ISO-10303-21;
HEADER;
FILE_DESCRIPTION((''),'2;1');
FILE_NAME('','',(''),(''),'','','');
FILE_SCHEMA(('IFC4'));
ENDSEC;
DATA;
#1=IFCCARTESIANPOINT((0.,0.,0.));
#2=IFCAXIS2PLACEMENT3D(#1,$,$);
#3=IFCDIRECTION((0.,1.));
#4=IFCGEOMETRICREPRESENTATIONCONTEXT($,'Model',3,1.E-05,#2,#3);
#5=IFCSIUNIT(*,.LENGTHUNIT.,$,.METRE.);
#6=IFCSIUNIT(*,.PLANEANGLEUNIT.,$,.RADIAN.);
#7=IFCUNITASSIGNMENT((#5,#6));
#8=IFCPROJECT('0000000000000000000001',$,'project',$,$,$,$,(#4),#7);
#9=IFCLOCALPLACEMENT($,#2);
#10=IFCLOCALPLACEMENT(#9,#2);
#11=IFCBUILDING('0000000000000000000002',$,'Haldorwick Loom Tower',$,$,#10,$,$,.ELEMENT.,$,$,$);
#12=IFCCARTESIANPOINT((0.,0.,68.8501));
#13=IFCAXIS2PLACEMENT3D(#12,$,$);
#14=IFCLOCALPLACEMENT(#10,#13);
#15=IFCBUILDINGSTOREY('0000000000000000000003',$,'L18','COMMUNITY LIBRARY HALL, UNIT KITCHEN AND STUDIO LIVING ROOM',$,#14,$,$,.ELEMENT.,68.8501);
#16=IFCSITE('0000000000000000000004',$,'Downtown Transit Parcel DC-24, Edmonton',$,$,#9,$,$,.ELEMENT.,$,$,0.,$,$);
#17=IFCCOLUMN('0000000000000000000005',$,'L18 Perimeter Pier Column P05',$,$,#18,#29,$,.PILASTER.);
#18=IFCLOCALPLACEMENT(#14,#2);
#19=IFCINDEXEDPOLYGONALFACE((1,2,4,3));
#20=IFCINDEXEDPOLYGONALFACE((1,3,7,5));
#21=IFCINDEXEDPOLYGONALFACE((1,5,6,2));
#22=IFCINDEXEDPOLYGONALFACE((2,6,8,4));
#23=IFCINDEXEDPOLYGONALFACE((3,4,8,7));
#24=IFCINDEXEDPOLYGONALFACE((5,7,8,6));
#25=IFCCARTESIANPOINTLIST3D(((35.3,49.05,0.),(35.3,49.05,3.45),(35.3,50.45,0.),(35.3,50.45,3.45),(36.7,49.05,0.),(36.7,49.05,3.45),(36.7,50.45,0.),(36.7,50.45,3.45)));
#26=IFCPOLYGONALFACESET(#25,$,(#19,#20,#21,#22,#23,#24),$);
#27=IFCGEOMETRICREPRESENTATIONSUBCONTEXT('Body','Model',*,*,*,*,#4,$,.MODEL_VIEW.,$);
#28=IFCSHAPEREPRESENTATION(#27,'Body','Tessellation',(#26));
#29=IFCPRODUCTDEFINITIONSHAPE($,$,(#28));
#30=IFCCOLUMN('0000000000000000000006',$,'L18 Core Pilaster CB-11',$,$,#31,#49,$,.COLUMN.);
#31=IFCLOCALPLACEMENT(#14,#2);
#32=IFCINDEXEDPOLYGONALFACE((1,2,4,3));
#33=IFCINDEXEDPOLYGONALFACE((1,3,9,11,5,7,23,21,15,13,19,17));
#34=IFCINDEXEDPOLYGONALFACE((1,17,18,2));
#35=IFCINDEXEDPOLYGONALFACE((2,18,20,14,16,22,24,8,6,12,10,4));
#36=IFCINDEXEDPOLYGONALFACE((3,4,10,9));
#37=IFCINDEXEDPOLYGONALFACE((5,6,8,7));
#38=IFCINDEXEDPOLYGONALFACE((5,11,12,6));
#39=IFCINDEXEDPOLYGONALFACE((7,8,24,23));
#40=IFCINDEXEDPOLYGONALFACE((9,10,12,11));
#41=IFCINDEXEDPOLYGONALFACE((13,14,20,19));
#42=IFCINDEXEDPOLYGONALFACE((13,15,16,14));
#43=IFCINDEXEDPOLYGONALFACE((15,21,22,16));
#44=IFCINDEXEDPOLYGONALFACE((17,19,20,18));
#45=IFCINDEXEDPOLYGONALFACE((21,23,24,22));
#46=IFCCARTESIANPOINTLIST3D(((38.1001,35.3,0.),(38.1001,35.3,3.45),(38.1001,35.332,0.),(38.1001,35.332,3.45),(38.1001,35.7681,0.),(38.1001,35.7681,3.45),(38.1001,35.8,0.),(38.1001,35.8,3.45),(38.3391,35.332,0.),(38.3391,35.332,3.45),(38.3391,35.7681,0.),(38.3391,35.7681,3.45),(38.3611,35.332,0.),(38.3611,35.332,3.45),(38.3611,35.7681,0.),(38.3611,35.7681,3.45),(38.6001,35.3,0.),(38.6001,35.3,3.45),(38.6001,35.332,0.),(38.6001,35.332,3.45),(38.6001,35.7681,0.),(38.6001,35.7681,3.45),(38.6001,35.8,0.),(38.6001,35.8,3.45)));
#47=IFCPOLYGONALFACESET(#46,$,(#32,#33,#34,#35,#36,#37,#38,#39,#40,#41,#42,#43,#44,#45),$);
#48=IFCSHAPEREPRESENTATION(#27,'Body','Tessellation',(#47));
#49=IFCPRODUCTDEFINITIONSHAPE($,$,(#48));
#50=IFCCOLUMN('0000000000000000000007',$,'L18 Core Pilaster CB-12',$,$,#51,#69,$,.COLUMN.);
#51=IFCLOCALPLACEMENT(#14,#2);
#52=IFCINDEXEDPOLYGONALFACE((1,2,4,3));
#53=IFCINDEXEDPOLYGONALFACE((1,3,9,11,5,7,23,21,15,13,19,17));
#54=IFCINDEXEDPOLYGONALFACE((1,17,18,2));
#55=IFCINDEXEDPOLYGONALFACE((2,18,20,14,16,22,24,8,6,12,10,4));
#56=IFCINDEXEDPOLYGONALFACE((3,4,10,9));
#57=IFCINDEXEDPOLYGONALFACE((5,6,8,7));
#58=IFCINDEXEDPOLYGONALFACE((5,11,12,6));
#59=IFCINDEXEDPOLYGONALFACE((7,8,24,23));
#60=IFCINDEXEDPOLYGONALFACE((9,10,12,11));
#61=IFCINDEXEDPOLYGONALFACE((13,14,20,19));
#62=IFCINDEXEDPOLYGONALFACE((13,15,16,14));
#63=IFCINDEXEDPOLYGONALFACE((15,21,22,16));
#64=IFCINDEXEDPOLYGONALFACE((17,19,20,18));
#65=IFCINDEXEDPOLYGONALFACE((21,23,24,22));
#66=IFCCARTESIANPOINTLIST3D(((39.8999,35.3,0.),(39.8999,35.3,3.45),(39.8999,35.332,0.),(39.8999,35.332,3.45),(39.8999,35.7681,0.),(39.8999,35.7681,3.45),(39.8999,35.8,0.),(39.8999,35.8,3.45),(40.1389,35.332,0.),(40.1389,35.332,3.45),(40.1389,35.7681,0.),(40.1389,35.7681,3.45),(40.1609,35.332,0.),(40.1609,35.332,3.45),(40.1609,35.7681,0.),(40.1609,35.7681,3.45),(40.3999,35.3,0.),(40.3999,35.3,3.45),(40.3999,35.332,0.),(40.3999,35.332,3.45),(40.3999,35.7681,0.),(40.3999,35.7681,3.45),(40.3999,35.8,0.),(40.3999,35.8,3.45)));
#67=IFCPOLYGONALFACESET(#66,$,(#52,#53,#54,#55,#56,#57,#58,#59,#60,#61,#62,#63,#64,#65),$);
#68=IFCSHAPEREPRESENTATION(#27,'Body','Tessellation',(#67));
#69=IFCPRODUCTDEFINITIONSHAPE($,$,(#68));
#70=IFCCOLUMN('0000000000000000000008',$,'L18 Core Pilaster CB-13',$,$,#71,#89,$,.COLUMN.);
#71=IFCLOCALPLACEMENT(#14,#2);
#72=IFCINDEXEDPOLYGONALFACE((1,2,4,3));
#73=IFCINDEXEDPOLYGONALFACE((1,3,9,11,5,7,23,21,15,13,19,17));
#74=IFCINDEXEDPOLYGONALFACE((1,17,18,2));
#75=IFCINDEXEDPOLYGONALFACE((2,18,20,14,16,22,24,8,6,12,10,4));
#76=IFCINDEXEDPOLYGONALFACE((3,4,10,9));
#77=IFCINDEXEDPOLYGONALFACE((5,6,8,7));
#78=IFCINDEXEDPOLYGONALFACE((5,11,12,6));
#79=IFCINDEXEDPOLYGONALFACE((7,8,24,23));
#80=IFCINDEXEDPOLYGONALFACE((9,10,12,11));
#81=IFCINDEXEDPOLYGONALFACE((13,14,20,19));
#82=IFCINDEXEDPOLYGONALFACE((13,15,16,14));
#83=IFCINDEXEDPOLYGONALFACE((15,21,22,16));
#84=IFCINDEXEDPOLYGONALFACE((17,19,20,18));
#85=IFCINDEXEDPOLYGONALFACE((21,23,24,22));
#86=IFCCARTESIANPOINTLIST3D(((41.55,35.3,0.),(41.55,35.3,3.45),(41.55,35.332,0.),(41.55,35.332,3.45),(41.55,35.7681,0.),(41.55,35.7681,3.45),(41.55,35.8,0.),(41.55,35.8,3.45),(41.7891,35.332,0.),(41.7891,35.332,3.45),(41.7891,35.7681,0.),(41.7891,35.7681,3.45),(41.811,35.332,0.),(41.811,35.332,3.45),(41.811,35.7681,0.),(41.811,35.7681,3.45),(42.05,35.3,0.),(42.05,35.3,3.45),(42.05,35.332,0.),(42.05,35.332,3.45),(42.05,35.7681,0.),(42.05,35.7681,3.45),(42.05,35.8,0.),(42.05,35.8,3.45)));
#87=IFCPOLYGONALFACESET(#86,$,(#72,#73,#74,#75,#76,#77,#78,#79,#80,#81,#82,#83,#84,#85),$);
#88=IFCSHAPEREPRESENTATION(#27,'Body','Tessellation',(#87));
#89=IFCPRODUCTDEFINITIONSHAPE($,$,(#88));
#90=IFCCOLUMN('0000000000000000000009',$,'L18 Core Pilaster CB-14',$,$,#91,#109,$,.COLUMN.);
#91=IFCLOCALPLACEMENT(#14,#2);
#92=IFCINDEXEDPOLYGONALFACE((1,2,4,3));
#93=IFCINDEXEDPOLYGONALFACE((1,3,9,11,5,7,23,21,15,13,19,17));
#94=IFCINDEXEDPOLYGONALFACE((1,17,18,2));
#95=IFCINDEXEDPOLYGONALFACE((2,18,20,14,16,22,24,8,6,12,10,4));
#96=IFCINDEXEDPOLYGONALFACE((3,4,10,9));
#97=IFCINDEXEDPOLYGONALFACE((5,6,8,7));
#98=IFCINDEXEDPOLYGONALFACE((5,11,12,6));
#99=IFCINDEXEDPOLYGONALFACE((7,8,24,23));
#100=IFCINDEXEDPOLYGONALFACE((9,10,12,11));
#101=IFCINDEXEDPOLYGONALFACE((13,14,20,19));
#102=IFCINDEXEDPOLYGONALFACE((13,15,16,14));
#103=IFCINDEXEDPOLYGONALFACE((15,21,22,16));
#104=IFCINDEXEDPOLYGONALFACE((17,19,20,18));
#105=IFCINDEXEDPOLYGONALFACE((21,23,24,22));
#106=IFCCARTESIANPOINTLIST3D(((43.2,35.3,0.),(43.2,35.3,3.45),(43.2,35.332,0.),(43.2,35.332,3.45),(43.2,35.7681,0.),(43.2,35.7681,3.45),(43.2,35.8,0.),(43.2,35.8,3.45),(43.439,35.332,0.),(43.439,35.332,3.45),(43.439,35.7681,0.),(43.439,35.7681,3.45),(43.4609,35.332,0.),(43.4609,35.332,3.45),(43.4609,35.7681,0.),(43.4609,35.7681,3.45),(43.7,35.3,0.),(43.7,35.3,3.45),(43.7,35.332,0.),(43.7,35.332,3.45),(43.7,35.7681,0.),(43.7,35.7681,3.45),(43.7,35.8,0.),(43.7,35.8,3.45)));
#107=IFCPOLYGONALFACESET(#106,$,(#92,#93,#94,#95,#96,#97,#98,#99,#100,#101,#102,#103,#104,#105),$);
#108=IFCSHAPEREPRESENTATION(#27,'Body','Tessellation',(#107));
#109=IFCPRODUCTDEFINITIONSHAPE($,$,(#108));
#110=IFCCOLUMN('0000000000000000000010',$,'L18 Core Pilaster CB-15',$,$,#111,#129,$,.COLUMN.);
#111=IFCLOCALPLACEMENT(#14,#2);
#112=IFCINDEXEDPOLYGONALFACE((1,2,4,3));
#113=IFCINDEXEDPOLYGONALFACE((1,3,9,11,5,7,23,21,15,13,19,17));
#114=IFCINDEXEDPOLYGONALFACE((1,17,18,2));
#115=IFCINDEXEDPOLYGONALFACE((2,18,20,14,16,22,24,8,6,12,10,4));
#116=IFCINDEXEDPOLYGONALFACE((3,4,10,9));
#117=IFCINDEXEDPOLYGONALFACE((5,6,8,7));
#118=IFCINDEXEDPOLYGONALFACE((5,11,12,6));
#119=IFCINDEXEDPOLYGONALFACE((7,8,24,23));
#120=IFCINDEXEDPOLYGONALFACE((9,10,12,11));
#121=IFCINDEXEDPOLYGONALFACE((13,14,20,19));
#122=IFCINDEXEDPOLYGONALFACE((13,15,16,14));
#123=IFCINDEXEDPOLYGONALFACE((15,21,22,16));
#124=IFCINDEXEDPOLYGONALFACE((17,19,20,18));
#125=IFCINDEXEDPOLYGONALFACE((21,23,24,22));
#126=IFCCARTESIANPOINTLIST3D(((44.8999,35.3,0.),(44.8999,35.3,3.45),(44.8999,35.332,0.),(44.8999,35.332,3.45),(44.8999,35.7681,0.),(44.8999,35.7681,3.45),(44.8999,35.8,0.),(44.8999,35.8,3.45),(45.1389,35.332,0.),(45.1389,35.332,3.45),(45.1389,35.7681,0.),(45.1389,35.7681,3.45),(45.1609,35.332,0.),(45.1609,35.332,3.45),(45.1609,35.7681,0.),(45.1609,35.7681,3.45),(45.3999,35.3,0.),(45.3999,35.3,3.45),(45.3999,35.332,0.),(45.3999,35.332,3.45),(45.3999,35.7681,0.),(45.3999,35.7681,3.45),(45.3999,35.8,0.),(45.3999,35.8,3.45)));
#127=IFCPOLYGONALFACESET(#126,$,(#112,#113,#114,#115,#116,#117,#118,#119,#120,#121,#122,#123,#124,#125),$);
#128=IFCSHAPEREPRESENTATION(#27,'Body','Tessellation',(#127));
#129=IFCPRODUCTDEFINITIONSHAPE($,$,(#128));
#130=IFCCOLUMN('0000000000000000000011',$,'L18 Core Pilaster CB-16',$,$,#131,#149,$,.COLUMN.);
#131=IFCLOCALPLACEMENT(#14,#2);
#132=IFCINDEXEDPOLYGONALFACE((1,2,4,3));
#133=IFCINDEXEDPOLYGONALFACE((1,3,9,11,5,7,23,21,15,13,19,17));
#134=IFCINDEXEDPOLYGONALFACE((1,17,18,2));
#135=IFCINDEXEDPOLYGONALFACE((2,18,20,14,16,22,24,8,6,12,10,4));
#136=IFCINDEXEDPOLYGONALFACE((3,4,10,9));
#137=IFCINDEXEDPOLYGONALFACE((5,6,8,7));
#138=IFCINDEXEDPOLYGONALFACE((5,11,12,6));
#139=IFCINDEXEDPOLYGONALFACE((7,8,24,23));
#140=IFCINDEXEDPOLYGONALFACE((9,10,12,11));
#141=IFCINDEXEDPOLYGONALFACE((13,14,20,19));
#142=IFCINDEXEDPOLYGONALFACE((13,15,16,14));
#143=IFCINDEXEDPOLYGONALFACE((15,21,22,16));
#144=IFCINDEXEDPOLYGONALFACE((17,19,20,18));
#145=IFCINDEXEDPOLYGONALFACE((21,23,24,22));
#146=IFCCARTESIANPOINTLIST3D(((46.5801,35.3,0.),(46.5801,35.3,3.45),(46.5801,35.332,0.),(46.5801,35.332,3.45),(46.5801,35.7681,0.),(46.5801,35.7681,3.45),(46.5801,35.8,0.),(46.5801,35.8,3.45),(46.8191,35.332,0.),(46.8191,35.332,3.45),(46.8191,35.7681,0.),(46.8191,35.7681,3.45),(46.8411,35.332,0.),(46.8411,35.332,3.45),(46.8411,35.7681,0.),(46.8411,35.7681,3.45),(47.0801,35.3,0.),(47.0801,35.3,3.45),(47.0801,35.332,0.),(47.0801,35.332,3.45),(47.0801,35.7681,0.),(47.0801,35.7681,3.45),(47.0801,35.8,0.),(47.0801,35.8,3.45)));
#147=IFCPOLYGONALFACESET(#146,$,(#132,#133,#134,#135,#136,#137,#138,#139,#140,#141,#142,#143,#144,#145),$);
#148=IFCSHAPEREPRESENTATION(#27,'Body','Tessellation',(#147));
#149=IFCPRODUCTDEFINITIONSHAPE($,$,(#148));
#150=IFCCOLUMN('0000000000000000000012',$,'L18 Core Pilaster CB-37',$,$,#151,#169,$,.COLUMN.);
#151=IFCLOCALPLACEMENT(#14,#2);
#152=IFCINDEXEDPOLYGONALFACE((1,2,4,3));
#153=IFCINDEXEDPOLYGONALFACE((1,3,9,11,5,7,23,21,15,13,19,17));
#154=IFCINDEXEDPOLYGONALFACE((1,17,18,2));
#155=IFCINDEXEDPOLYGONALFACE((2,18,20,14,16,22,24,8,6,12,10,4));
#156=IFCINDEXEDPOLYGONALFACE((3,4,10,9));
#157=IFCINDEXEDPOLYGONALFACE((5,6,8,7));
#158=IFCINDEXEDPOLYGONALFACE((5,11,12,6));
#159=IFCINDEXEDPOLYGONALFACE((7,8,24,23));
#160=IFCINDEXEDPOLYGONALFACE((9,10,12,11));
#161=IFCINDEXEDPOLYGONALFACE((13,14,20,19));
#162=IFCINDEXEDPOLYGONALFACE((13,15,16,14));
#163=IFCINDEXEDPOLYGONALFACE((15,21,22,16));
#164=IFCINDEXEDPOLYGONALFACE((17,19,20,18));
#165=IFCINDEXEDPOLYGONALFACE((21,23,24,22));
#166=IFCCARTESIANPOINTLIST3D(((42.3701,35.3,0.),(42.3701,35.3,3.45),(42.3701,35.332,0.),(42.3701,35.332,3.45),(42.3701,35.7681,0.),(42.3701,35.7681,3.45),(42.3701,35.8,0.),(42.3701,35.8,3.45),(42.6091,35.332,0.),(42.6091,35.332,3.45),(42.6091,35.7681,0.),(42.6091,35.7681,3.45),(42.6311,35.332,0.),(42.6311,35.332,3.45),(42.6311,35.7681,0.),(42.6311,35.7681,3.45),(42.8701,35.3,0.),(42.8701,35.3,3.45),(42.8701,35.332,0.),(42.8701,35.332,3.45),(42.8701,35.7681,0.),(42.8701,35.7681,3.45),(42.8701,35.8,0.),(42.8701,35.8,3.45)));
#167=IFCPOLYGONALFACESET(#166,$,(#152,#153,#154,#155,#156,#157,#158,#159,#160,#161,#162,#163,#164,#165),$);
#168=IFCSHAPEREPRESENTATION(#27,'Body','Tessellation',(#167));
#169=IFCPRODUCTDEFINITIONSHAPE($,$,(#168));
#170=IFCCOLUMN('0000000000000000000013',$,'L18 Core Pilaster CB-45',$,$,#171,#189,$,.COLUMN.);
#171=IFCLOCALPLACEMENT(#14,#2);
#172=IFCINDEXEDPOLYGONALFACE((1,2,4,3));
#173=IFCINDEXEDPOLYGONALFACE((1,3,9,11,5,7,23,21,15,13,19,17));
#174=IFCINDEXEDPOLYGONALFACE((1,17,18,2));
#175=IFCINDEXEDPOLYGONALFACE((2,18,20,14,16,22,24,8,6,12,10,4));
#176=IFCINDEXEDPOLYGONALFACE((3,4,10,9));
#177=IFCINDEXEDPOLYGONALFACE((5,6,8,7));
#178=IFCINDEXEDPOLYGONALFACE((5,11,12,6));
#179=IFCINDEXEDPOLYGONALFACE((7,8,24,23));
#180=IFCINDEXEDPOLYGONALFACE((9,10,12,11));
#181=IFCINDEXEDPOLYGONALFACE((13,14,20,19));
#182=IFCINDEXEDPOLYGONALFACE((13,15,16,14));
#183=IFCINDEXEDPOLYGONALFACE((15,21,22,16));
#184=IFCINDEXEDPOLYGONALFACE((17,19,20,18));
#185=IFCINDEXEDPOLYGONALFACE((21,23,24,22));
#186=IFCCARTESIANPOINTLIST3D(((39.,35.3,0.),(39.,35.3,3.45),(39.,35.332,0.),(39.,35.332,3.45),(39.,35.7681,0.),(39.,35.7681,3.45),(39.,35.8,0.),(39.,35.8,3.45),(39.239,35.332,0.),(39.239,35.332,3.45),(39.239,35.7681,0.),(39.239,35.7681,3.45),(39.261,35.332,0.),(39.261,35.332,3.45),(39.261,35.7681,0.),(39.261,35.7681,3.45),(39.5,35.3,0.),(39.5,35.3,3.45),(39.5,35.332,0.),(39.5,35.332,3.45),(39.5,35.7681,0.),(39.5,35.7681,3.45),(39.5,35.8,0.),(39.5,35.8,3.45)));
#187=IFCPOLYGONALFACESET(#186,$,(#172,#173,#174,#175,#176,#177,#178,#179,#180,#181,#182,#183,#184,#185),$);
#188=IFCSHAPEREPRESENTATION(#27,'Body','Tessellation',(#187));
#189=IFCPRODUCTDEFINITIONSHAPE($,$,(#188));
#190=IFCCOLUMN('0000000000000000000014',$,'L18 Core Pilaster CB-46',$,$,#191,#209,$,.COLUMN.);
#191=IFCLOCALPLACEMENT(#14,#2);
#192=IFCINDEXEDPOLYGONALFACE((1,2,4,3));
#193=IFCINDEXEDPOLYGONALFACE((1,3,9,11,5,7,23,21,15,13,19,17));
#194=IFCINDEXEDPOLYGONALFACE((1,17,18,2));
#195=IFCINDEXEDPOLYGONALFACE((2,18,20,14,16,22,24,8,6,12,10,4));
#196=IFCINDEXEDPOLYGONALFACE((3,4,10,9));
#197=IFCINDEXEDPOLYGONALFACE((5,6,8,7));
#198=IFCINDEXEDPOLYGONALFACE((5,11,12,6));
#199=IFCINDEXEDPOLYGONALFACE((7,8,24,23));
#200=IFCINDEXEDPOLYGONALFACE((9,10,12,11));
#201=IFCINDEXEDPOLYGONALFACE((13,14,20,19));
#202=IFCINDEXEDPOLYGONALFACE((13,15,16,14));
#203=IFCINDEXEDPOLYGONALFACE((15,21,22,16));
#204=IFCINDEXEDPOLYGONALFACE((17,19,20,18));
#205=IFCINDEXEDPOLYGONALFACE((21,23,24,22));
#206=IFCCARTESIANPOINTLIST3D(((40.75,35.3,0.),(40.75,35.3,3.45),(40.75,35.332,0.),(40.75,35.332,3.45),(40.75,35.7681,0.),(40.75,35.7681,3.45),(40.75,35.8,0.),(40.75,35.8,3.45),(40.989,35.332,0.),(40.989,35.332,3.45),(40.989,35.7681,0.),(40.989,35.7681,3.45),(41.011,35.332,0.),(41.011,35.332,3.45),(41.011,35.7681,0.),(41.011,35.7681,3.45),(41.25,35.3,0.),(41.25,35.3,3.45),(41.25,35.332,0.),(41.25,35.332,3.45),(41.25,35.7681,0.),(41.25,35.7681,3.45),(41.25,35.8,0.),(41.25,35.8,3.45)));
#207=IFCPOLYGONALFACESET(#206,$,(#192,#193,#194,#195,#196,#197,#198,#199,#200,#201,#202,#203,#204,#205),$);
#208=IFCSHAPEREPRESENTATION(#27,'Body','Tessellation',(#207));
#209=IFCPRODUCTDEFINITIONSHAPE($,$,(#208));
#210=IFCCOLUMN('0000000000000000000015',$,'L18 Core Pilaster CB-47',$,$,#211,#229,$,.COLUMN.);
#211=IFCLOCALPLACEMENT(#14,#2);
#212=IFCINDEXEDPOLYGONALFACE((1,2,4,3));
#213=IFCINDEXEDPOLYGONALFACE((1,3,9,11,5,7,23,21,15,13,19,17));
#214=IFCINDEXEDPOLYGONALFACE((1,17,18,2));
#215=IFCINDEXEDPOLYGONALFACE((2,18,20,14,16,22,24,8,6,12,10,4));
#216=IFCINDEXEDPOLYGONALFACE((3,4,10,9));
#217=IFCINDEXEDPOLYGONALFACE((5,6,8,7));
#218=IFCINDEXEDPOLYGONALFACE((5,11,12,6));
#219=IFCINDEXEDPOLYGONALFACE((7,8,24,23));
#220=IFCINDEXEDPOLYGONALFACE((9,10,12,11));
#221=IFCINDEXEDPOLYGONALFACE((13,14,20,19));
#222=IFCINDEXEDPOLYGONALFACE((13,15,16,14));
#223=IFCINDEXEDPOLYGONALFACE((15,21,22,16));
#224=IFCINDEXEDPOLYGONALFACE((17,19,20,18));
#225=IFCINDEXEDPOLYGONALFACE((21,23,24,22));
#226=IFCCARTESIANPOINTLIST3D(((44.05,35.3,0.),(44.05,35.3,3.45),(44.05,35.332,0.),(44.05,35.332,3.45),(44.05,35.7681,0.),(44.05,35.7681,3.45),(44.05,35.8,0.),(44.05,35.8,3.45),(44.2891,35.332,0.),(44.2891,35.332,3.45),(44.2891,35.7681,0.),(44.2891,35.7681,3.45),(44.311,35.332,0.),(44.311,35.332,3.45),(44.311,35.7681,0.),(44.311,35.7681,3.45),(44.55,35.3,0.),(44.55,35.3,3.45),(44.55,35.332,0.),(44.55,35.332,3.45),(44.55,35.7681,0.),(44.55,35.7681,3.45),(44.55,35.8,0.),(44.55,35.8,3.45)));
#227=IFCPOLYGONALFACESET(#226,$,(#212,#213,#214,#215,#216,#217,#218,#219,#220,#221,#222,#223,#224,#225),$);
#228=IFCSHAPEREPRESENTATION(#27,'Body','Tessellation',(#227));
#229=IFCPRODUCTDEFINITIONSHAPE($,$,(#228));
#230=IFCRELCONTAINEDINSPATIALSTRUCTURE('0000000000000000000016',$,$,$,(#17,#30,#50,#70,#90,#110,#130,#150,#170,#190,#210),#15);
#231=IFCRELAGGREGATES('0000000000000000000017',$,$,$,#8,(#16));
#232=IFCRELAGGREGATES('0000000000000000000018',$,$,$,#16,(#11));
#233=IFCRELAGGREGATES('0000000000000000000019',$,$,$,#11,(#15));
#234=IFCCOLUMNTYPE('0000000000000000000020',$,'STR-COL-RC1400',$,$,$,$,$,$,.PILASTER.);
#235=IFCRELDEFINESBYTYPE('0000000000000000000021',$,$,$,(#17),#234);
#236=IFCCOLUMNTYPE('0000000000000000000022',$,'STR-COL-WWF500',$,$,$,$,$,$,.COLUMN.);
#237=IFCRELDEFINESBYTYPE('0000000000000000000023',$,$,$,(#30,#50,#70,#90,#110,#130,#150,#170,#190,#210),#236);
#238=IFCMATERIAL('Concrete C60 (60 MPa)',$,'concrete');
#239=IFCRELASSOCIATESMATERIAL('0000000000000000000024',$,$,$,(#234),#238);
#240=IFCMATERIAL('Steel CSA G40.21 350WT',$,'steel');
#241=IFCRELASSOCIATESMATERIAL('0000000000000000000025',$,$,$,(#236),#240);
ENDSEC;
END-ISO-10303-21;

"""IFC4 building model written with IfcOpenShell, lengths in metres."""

from ifc_helpers import new_model, si_unit, direction, frame, origin, origin_2d, place, context, subcontext, project, spatial, rectangle, i_section, extrude, material, material_profile, profile_set, type_object, element, save


model = new_model("IFC4")

# Units and contexts
model_context = context("Model", 3, precision=1e-05, world=origin(), true_north=direction((0.0, 1.0)))
body_context = subcontext(model_context, "Body", "Model", "MODEL_VIEW")
ifc_project = project(units=[si_unit("LENGTHUNIT", "METRE"), si_unit("PLANEANGLEUNIT", "RADIAN")], contexts=[model_context])

# Site, building, storey
site_placement = place(None, origin())
site = spatial("IfcSite", under=ifc_project, at=site_placement, Name="Downtown Transit Parcel DC-24, Edmonton", CompositionType="ELEMENT", RefElevation=0.0)
building_placement = place(site_placement, origin())
building = spatial("IfcBuilding", under=site, at=building_placement, Name="Haldorwick Loom Tower", CompositionType="ELEMENT")
storey_placement = place(building_placement, frame((0.0, 0.0, 68.8501)))
storey = spatial("IfcBuildingStorey", under=building, at=storey_placement, Name="L18", Description="COMMUNITY LIBRARY HALL, UNIT KITCHEN AND STUDIO LIVING ROOM", CompositionType="ELEMENT", Elevation=68.8501)

# Columns
ifc_material_1 = material(Name="Concrete C60 (60 MPa)", Category="concrete")
ifc_material_profile_1 = material_profile(ifc_material_1, rectangle(XDim=1.3999, YDim=1.3999, at=origin_2d()), Name="RC1400X1400", Category="concrete")
ifc_profile_set_1 = profile_set([ifc_material_profile_1], Name="Concrete C60 (60 MPa)")
column_type_1 = type_object("IfcColumnType", Name="STR-COL-RC1400", PredefinedType="PILASTER", material=ifc_profile_set_1)
column_placement = place(storey_placement, frame((36.0, 49.75, 0.0), z_axis=(0.0, 0.0, 1.0), x_axis=(0.0, 1.0, 0.0)))
element("IfcColumn", 1, at=column_placement, inside=storey, type_object=column_type_1, Name="L18 Perimeter Pier Column P05", PredefinedType="PILASTER", context=body_context, shape_type="SweptSolid", body=[
    extrude(rectangle(XDim=1.3999, YDim=1.3999, at=origin_2d()), origin(), (0.0, 0.0, 1.0), 3.45),
])
ifc_material_2 = material(Name="Steel CSA G40.21 350WT", Category="steel")
ifc_material_profile_2 = material_profile(ifc_material_2, i_section(OverallWidth=0.5, OverallDepth=0.5, WebThickness=0.022, FlangeThickness=0.032, at=origin_2d()), Name="WWF500X500", Category="steel")
ifc_profile_set_2 = profile_set([ifc_material_profile_2], Name="Steel CSA G40.21 350WT")
column_type_2 = type_object("IfcColumnType", Name="STR-COL-WWF500", PredefinedType="COLUMN", material=ifc_profile_set_2)
for number, where, z_axis, x_axis, name in (
    (2, (38.3501, 35.55, 0.0), (0.0, 0.0, 1.0), (1.0, 0.0, 0.0), "L18 Core Pilaster CB-11"),
    (3, (40.1499, 35.55, 0.0), (0.0, 0.0, 1.0), (1.0, 0.0, 0.0), "L18 Core Pilaster CB-12"),
    (4, (41.8, 35.55, 0.0), (0.0, 0.0, 1.0), (1.0, 0.0, 0.0), "L18 Core Pilaster CB-13"),
    (5, (43.45, 35.55, 0.0), (0.0, 0.0, 1.0), (1.0, 0.0, 0.0), "L18 Core Pilaster CB-14"),
    (6, (45.1499, 35.55, 0.0), (0.0, 0.0, 1.0), (1.0, 0.0, 0.0), "L18 Core Pilaster CB-15"),
    (7, (46.8301, 35.55, 0.0), (0.0, 0.0, 1.0), (1.0, 0.0, 0.0), "L18 Core Pilaster CB-16"),
    (8, (42.6201, 35.55, 0.0), (0.0, 0.0, 1.0), (1.0, 0.0, 0.0), "L18 Core Pilaster CB-37"),
    (9, (39.25, 35.55, 0.0), (0.0, 0.0, 1.0), (1.0, 0.0, 0.0), "L18 Core Pilaster CB-45"),
    (10, (41.0, 35.55, 0.0), (0.0, 0.0, 1.0), (1.0, 0.0, 0.0), "L18 Core Pilaster CB-46"),
    (11, (44.3, 35.55, 0.0), (0.0, 0.0, 1.0), (1.0, 0.0, 0.0), "L18 Core Pilaster CB-47"),
):
    element("IfcColumn", number, at=place(storey_placement, frame(where, z_axis=z_axis, x_axis=x_axis)), inside=storey, type_object=column_type_2, Name=name, PredefinedType="COLUMN", context=body_context, shape_type="SweptSolid", body=[
        extrude(i_section(OverallWidth=0.5, OverallDepth=0.5, WebThickness=0.022, FlangeThickness=0.032, at=origin_2d()), origin(), (0.0, 0.0, 1.0), 3.45),
    ])

save(model, "model.ifc")
